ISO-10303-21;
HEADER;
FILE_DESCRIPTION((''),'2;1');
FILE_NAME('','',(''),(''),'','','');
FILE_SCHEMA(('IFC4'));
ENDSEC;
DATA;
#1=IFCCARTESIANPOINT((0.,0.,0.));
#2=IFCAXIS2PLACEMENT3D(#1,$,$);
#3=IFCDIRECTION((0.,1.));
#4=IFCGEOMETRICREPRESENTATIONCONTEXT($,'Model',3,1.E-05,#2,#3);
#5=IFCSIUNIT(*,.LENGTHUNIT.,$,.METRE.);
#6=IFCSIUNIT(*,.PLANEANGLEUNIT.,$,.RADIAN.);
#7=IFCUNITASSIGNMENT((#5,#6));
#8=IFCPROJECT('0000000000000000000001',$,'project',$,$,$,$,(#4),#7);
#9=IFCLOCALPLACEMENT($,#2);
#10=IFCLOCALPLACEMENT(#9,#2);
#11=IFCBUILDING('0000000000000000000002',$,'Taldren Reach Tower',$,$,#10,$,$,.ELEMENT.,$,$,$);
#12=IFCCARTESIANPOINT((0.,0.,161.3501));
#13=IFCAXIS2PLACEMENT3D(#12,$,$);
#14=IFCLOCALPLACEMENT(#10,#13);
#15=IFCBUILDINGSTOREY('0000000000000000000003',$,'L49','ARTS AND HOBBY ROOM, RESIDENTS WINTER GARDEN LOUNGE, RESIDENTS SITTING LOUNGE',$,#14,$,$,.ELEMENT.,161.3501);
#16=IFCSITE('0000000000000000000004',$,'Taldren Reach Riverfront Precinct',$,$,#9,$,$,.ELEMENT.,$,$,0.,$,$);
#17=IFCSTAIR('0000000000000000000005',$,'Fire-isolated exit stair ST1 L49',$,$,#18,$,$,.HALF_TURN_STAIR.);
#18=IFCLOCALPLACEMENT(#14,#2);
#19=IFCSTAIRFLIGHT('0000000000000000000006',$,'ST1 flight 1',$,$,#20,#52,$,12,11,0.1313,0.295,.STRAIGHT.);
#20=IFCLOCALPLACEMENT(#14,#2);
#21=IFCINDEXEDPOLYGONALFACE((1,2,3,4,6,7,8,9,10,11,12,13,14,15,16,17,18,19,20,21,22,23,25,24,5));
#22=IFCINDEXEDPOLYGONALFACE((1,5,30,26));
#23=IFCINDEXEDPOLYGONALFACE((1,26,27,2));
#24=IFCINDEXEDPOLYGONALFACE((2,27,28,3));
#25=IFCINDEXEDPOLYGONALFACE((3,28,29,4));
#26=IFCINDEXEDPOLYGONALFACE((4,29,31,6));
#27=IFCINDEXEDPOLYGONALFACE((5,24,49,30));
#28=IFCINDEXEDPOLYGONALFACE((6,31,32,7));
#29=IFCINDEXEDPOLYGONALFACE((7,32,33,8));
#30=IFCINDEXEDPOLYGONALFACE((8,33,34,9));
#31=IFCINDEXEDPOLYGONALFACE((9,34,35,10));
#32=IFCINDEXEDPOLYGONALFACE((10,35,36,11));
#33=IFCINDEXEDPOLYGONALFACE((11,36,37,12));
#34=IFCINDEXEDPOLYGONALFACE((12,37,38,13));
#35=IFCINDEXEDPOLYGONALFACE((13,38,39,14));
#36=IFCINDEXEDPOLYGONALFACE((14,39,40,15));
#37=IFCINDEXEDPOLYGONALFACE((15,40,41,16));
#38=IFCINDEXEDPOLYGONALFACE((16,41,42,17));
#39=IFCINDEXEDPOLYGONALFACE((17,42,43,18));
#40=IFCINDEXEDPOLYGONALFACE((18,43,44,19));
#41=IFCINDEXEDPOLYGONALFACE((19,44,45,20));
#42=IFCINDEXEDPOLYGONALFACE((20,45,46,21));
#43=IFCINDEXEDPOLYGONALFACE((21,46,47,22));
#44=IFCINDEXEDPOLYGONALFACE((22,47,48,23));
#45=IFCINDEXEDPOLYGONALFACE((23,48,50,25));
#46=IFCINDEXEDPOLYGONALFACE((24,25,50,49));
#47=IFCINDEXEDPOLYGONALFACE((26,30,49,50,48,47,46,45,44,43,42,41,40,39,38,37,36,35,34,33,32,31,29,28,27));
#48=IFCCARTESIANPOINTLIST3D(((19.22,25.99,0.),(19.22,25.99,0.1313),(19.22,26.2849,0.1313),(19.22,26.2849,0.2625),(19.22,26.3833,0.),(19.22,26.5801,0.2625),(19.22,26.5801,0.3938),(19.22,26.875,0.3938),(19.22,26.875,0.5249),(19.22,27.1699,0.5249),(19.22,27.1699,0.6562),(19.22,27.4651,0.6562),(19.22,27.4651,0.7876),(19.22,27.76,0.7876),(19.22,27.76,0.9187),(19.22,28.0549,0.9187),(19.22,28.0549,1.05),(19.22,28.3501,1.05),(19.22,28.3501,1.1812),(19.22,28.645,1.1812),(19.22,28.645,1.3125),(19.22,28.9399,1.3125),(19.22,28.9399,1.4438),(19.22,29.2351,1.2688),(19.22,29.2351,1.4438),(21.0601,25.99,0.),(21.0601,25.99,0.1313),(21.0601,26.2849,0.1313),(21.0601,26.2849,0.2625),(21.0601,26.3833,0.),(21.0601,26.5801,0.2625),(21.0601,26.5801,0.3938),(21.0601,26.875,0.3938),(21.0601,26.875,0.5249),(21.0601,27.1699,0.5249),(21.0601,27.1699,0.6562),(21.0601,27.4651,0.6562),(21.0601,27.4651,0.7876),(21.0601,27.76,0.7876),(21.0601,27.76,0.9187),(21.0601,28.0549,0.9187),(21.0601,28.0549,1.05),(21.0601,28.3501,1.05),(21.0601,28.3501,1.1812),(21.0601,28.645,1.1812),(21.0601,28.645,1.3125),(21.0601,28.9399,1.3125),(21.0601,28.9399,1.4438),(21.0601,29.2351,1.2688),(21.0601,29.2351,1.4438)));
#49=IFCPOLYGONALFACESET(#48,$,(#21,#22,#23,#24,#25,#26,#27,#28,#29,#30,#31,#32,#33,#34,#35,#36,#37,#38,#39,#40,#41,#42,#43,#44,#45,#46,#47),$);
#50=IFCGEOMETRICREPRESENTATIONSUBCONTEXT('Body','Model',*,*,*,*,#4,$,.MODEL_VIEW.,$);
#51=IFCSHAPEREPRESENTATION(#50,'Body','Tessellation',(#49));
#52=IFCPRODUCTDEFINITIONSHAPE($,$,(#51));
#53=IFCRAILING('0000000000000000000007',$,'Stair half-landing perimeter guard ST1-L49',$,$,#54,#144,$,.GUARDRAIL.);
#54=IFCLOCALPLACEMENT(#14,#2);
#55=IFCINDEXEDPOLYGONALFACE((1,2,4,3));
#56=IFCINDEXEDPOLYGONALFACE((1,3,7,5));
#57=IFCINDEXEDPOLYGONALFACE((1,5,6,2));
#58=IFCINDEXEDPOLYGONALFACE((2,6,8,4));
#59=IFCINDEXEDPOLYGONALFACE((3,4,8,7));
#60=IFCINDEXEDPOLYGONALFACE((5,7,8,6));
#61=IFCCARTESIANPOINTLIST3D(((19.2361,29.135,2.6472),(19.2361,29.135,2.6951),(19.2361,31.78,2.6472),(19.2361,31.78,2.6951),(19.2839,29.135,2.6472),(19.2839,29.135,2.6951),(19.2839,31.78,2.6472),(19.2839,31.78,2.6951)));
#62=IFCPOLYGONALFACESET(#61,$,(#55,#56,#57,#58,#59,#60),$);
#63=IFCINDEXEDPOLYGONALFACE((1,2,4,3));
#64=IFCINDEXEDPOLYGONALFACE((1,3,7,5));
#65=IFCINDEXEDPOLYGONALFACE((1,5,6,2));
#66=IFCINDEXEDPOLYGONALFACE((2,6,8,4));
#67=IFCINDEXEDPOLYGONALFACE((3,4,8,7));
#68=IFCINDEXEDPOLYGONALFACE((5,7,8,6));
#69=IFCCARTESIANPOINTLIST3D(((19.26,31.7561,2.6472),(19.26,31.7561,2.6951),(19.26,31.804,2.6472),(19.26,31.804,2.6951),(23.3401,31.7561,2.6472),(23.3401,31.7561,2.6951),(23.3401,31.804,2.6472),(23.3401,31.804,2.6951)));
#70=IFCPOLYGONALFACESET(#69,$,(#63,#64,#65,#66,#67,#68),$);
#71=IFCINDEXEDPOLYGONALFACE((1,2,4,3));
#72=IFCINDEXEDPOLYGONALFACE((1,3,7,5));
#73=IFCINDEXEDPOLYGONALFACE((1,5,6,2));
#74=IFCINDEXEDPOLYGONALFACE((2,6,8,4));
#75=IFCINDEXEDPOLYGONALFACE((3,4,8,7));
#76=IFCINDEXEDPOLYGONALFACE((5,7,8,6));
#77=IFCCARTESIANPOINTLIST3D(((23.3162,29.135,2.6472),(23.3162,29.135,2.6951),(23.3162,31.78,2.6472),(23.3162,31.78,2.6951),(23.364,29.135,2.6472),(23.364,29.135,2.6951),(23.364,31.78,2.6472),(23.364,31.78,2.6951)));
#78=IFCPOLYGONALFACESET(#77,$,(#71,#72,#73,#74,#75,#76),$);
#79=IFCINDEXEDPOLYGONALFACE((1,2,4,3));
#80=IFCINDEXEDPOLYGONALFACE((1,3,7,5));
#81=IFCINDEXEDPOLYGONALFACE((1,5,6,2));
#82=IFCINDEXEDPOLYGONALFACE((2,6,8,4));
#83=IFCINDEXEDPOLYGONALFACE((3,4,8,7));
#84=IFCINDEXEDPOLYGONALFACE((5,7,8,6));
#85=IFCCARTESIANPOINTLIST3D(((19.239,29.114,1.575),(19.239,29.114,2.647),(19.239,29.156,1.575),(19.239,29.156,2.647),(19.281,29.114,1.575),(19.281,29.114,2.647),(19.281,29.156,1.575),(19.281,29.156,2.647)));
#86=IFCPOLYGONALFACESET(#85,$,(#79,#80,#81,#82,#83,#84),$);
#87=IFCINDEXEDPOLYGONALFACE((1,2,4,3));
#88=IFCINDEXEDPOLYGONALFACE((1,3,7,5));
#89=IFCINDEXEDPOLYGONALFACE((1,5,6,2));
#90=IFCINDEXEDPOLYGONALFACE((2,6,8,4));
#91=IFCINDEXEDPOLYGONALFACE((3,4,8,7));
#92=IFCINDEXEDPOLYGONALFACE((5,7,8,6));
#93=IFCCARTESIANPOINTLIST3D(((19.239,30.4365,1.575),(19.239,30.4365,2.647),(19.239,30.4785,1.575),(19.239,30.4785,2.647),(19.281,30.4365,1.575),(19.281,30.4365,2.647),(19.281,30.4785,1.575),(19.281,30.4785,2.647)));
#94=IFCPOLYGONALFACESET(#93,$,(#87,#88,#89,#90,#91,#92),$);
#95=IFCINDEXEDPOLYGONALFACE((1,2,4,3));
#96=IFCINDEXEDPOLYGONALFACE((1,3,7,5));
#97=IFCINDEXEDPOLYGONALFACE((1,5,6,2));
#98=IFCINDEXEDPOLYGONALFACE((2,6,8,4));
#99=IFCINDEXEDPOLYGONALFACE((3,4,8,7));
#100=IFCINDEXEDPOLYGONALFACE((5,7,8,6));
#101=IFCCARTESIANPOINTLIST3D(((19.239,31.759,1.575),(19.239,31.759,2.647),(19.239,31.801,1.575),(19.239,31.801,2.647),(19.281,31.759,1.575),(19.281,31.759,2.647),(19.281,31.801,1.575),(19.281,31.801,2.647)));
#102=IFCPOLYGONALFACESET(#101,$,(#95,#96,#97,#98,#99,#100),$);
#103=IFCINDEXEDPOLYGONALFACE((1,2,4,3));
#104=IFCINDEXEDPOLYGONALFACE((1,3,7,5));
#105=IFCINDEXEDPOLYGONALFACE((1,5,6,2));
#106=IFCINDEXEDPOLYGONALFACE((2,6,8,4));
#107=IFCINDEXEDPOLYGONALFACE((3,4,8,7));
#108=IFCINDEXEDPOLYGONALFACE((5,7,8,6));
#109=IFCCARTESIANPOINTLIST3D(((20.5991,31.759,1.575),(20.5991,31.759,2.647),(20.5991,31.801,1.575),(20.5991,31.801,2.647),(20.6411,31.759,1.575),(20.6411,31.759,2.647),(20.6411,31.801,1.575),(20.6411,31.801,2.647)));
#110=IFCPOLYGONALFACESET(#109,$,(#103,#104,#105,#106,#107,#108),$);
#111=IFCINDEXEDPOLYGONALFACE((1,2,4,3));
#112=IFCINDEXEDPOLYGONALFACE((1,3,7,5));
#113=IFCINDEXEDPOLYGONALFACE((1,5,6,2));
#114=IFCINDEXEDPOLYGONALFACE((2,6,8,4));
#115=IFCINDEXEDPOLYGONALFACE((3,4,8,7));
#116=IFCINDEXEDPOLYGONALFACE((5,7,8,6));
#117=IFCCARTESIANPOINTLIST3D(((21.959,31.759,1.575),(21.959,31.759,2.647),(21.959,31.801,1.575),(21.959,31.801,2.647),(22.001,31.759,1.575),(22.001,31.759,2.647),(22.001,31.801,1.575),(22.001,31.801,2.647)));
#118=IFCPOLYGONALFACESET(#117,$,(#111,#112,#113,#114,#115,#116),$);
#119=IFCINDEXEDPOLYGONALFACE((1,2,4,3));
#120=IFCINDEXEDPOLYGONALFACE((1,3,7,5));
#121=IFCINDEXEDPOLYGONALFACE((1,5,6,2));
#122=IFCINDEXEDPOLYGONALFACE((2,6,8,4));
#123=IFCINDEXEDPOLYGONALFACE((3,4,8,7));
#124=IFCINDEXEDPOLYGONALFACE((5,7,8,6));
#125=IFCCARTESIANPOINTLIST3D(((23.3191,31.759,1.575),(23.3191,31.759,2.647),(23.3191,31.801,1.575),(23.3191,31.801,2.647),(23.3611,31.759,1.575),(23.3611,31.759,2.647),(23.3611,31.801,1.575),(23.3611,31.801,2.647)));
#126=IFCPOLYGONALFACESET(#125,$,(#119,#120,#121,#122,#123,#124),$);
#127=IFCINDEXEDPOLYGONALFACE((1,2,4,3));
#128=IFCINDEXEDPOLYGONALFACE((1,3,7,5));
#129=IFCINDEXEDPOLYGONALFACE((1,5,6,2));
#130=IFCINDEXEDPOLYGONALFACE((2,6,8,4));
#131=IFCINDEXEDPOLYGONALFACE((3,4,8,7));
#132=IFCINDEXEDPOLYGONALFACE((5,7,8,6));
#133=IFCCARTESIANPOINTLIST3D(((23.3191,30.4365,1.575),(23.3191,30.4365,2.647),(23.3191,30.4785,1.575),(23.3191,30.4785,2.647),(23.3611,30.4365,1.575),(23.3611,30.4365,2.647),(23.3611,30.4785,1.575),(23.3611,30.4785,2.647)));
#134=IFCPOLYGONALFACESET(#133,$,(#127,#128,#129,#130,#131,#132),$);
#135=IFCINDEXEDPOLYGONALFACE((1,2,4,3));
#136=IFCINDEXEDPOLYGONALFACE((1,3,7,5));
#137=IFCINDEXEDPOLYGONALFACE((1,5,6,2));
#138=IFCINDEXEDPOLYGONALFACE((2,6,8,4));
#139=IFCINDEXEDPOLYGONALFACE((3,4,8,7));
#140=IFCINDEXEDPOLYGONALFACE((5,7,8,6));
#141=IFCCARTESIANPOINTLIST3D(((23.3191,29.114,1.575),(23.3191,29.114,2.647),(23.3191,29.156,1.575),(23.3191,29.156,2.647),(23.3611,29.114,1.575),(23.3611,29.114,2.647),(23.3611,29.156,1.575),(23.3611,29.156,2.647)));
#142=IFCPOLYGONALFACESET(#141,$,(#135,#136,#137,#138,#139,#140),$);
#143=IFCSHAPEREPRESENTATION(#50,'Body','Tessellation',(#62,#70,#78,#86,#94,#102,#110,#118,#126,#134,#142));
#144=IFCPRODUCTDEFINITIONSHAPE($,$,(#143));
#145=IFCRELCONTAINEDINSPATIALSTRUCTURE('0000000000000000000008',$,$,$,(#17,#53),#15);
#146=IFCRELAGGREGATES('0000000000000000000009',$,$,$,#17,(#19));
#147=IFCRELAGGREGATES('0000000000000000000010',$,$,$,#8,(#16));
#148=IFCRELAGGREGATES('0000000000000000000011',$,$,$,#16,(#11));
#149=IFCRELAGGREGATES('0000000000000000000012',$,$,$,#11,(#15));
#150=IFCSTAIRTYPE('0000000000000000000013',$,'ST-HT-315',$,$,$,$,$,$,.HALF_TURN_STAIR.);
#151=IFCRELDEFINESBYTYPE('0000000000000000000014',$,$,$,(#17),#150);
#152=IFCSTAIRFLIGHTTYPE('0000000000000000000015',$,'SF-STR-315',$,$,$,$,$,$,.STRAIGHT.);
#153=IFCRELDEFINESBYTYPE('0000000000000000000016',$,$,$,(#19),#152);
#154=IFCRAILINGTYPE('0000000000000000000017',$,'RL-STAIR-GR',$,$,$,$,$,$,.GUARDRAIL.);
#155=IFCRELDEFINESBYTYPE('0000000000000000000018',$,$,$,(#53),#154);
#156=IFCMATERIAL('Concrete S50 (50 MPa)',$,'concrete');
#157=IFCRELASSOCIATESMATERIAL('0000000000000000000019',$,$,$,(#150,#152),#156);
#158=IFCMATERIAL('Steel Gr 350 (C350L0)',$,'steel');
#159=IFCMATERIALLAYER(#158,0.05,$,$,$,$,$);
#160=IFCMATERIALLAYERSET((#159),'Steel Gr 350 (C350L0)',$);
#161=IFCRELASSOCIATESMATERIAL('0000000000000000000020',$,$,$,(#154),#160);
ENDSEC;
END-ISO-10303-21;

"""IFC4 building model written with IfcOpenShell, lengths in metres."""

from ifc_helpers import new_model, si_unit, direction, frame, origin, origin_2d, place, context, subcontext, project, spatial, polyline, rectangle, outline, extrude, material, layer, layer_set, type_object, element, aggregate, save


model = new_model("IFC4")

# Units and contexts
model_context = context("Model", 3, precision=1e-05, world=origin(), true_north=direction((0.0, 1.0)))
body_context = subcontext(model_context, "Body", "Model", "MODEL_VIEW")
ifc_project = project(units=[si_unit("LENGTHUNIT", "METRE"), si_unit("PLANEANGLEUNIT", "RADIAN")], contexts=[model_context])

# Site, building, storey
site_placement = place(None, origin())
site = spatial("IfcSite", under=ifc_project, at=site_placement, Name="Taldren Reach Riverfront Precinct", CompositionType="ELEMENT", RefElevation=0.0)
building_placement = place(site_placement, origin())
building = spatial("IfcBuilding", under=site, at=building_placement, Name="Taldren Reach Tower", CompositionType="ELEMENT")
storey_placement = place(building_placement, frame((0.0, 0.0, 161.3501)))
storey = spatial("IfcBuildingStorey", under=building, at=storey_placement, Name="L49", Description="ARTS AND HOBBY ROOM, RESIDENTS WINTER GARDEN LOUNGE, RESIDENTS SITTING LOUNGE", CompositionType="ELEMENT", Elevation=161.3501)

# Shared definitions
ifc_material_1 = material(Name="Steel Gr 350 (C350L0)", Category="steel")

# Stair, stair flight
ifc_material_2 = material(Name="Concrete S50 (50 MPa)", Category="concrete")
stair_type = type_object("IfcStairType", Name="ST-HT-315", PredefinedType="HALF_TURN_STAIR", material=ifc_material_2)
stair_placement = place(storey_placement, origin())
stair = element("IfcStair", 1, at=stair_placement, inside=storey, type_object=stair_type, Name="Fire-isolated exit stair ST1 L49", PredefinedType="HALF_TURN_STAIR")
stair_flight_type = type_object("IfcStairFlightType", Name="SF-STR-315", PredefinedType="STRAIGHT", material=ifc_material_2)
stair_flight_placement = place(storey_placement, frame((20.1399, 25.99, 0.0), z_axis=(0.0, 0.0, 1.0), x_axis=(0.0, 1.0, 0.0)))
stair_flight = element("IfcStairFlight", 2, at=stair_flight_placement, type_object=stair_flight_type, Name="ST1 flight 1", NumberOfRisers=12, NumberOfTreads=11, PredefinedType="STRAIGHT", RiserHeight=0.1313, TreadLength=0.295, context=body_context, shape_type="SweptSolid", body=[
    extrude(outline(polyline([(0.0, 0.0), (0.0, 0.1313), (0.2949, 0.1313), (0.2949, 0.2625), (0.5901, 0.2625), (0.5901, 0.3938), (0.885, 0.3938), (0.885, 0.5249), (1.1799, 0.5249), (1.1799, 0.6562), (1.4751, 0.6562), (1.4751, 0.7876), (1.77, 0.7876), (1.77, 0.9187), (2.0649, 0.9187), (2.0649, 1.05), (2.3601, 1.05), (2.3601, 1.1812), (2.655, 1.1812), (2.655, 1.3125), (2.95, 1.3125), (2.95, 1.4438), (3.2451, 1.4438), (3.2451, 1.575), (3.2451, 1.2688), (0.3933, 0.0), (0.0, 0.0)])), frame((0.0, 0.9199, 0.0), z_axis=(0.0, -1.0, 0.0), x_axis=(1.0, 0.0, 0.0)), (0.0, 0.0, 1.0), 1.8401),
])
aggregate(stair, [stair_flight])

# Railing
ifc_layer_1 = layer(ifc_material_1, 0.05)
ifc_layer_set_1 = layer_set([ifc_layer_1], Name="Steel Gr 350 (C350L0)")
railing_type_1 = type_object("IfcRailingType", Name="RL-STAIR-GR", PredefinedType="GUARDRAIL", material=ifc_layer_set_1)
railing_1_placement = place(storey_placement, frame((19.26, 29.135, 1.575)))
element("IfcRailing", 3, at=railing_1_placement, inside=storey, type_object=railing_type_1, Name="Stair half-landing perimeter guard ST1-L49", PredefinedType="GUARDRAIL", context=body_context, shape_type="SweptSolid", body=[
    extrude(rectangle(XDim=0.0479, YDim=0.0479, at=origin_2d()), frame((0.0, 0.0, 1.0962), z_axis=(0.0, 1.0, 0.0), x_axis=(-1.0, 0.0, 0.0)), (0.0, 0.0, 1.0), 2.645),
    extrude(rectangle(XDim=0.0479, YDim=0.0479, at=origin_2d()), frame((0.0, 2.645, 1.0962), z_axis=(1.0, 0.0, 0.0), x_axis=(0.0, 1.0, 0.0)), (0.0, 0.0, 1.0), 4.0801),
    extrude(rectangle(XDim=0.0479, YDim=0.0479, at=origin_2d()), frame((4.0801, 2.645, 1.0962), z_axis=(0.0, -1.0, 0.0), x_axis=(1.0, 0.0, 0.0)), (0.0, 0.0, 1.0), 2.645),
    extrude(rectangle(XDim=0.042, YDim=0.042, at=origin_2d()), origin(), (0.0, 0.0, 1.0), 1.072),
    extrude(rectangle(XDim=0.042, YDim=0.042, at=origin_2d()), frame((0.0, 1.3225, 0.0)), (0.0, 0.0, 1.0), 1.072),
    extrude(rectangle(XDim=0.042, YDim=0.042, at=origin_2d()), frame((0.0, 2.645, 0.0)), (0.0, 0.0, 1.0), 1.072),
    extrude(rectangle(XDim=0.042, YDim=0.042, at=origin_2d()), frame((1.3601, 2.645, 0.0)), (0.0, 0.0, 1.0), 1.072),
    extrude(rectangle(XDim=0.042, YDim=0.042, at=origin_2d()), frame((2.72, 2.645, 0.0)), (0.0, 0.0, 1.0), 1.072),
    extrude(rectangle(XDim=0.042, YDim=0.042, at=origin_2d()), frame((4.0801, 2.645, 0.0)), (0.0, 0.0, 1.0), 1.072),
    extrude(rectangle(XDim=0.042, YDim=0.042, at=origin_2d()), frame((4.0801, 1.3225, 0.0)), (0.0, 0.0, 1.0), 1.072),
    extrude(rectangle(XDim=0.042, YDim=0.042, at=origin_2d()), frame((4.0801, 0.0, 0.0)), (0.0, 0.0, 1.0), 1.072),
])

save(model, "model.ifc")
